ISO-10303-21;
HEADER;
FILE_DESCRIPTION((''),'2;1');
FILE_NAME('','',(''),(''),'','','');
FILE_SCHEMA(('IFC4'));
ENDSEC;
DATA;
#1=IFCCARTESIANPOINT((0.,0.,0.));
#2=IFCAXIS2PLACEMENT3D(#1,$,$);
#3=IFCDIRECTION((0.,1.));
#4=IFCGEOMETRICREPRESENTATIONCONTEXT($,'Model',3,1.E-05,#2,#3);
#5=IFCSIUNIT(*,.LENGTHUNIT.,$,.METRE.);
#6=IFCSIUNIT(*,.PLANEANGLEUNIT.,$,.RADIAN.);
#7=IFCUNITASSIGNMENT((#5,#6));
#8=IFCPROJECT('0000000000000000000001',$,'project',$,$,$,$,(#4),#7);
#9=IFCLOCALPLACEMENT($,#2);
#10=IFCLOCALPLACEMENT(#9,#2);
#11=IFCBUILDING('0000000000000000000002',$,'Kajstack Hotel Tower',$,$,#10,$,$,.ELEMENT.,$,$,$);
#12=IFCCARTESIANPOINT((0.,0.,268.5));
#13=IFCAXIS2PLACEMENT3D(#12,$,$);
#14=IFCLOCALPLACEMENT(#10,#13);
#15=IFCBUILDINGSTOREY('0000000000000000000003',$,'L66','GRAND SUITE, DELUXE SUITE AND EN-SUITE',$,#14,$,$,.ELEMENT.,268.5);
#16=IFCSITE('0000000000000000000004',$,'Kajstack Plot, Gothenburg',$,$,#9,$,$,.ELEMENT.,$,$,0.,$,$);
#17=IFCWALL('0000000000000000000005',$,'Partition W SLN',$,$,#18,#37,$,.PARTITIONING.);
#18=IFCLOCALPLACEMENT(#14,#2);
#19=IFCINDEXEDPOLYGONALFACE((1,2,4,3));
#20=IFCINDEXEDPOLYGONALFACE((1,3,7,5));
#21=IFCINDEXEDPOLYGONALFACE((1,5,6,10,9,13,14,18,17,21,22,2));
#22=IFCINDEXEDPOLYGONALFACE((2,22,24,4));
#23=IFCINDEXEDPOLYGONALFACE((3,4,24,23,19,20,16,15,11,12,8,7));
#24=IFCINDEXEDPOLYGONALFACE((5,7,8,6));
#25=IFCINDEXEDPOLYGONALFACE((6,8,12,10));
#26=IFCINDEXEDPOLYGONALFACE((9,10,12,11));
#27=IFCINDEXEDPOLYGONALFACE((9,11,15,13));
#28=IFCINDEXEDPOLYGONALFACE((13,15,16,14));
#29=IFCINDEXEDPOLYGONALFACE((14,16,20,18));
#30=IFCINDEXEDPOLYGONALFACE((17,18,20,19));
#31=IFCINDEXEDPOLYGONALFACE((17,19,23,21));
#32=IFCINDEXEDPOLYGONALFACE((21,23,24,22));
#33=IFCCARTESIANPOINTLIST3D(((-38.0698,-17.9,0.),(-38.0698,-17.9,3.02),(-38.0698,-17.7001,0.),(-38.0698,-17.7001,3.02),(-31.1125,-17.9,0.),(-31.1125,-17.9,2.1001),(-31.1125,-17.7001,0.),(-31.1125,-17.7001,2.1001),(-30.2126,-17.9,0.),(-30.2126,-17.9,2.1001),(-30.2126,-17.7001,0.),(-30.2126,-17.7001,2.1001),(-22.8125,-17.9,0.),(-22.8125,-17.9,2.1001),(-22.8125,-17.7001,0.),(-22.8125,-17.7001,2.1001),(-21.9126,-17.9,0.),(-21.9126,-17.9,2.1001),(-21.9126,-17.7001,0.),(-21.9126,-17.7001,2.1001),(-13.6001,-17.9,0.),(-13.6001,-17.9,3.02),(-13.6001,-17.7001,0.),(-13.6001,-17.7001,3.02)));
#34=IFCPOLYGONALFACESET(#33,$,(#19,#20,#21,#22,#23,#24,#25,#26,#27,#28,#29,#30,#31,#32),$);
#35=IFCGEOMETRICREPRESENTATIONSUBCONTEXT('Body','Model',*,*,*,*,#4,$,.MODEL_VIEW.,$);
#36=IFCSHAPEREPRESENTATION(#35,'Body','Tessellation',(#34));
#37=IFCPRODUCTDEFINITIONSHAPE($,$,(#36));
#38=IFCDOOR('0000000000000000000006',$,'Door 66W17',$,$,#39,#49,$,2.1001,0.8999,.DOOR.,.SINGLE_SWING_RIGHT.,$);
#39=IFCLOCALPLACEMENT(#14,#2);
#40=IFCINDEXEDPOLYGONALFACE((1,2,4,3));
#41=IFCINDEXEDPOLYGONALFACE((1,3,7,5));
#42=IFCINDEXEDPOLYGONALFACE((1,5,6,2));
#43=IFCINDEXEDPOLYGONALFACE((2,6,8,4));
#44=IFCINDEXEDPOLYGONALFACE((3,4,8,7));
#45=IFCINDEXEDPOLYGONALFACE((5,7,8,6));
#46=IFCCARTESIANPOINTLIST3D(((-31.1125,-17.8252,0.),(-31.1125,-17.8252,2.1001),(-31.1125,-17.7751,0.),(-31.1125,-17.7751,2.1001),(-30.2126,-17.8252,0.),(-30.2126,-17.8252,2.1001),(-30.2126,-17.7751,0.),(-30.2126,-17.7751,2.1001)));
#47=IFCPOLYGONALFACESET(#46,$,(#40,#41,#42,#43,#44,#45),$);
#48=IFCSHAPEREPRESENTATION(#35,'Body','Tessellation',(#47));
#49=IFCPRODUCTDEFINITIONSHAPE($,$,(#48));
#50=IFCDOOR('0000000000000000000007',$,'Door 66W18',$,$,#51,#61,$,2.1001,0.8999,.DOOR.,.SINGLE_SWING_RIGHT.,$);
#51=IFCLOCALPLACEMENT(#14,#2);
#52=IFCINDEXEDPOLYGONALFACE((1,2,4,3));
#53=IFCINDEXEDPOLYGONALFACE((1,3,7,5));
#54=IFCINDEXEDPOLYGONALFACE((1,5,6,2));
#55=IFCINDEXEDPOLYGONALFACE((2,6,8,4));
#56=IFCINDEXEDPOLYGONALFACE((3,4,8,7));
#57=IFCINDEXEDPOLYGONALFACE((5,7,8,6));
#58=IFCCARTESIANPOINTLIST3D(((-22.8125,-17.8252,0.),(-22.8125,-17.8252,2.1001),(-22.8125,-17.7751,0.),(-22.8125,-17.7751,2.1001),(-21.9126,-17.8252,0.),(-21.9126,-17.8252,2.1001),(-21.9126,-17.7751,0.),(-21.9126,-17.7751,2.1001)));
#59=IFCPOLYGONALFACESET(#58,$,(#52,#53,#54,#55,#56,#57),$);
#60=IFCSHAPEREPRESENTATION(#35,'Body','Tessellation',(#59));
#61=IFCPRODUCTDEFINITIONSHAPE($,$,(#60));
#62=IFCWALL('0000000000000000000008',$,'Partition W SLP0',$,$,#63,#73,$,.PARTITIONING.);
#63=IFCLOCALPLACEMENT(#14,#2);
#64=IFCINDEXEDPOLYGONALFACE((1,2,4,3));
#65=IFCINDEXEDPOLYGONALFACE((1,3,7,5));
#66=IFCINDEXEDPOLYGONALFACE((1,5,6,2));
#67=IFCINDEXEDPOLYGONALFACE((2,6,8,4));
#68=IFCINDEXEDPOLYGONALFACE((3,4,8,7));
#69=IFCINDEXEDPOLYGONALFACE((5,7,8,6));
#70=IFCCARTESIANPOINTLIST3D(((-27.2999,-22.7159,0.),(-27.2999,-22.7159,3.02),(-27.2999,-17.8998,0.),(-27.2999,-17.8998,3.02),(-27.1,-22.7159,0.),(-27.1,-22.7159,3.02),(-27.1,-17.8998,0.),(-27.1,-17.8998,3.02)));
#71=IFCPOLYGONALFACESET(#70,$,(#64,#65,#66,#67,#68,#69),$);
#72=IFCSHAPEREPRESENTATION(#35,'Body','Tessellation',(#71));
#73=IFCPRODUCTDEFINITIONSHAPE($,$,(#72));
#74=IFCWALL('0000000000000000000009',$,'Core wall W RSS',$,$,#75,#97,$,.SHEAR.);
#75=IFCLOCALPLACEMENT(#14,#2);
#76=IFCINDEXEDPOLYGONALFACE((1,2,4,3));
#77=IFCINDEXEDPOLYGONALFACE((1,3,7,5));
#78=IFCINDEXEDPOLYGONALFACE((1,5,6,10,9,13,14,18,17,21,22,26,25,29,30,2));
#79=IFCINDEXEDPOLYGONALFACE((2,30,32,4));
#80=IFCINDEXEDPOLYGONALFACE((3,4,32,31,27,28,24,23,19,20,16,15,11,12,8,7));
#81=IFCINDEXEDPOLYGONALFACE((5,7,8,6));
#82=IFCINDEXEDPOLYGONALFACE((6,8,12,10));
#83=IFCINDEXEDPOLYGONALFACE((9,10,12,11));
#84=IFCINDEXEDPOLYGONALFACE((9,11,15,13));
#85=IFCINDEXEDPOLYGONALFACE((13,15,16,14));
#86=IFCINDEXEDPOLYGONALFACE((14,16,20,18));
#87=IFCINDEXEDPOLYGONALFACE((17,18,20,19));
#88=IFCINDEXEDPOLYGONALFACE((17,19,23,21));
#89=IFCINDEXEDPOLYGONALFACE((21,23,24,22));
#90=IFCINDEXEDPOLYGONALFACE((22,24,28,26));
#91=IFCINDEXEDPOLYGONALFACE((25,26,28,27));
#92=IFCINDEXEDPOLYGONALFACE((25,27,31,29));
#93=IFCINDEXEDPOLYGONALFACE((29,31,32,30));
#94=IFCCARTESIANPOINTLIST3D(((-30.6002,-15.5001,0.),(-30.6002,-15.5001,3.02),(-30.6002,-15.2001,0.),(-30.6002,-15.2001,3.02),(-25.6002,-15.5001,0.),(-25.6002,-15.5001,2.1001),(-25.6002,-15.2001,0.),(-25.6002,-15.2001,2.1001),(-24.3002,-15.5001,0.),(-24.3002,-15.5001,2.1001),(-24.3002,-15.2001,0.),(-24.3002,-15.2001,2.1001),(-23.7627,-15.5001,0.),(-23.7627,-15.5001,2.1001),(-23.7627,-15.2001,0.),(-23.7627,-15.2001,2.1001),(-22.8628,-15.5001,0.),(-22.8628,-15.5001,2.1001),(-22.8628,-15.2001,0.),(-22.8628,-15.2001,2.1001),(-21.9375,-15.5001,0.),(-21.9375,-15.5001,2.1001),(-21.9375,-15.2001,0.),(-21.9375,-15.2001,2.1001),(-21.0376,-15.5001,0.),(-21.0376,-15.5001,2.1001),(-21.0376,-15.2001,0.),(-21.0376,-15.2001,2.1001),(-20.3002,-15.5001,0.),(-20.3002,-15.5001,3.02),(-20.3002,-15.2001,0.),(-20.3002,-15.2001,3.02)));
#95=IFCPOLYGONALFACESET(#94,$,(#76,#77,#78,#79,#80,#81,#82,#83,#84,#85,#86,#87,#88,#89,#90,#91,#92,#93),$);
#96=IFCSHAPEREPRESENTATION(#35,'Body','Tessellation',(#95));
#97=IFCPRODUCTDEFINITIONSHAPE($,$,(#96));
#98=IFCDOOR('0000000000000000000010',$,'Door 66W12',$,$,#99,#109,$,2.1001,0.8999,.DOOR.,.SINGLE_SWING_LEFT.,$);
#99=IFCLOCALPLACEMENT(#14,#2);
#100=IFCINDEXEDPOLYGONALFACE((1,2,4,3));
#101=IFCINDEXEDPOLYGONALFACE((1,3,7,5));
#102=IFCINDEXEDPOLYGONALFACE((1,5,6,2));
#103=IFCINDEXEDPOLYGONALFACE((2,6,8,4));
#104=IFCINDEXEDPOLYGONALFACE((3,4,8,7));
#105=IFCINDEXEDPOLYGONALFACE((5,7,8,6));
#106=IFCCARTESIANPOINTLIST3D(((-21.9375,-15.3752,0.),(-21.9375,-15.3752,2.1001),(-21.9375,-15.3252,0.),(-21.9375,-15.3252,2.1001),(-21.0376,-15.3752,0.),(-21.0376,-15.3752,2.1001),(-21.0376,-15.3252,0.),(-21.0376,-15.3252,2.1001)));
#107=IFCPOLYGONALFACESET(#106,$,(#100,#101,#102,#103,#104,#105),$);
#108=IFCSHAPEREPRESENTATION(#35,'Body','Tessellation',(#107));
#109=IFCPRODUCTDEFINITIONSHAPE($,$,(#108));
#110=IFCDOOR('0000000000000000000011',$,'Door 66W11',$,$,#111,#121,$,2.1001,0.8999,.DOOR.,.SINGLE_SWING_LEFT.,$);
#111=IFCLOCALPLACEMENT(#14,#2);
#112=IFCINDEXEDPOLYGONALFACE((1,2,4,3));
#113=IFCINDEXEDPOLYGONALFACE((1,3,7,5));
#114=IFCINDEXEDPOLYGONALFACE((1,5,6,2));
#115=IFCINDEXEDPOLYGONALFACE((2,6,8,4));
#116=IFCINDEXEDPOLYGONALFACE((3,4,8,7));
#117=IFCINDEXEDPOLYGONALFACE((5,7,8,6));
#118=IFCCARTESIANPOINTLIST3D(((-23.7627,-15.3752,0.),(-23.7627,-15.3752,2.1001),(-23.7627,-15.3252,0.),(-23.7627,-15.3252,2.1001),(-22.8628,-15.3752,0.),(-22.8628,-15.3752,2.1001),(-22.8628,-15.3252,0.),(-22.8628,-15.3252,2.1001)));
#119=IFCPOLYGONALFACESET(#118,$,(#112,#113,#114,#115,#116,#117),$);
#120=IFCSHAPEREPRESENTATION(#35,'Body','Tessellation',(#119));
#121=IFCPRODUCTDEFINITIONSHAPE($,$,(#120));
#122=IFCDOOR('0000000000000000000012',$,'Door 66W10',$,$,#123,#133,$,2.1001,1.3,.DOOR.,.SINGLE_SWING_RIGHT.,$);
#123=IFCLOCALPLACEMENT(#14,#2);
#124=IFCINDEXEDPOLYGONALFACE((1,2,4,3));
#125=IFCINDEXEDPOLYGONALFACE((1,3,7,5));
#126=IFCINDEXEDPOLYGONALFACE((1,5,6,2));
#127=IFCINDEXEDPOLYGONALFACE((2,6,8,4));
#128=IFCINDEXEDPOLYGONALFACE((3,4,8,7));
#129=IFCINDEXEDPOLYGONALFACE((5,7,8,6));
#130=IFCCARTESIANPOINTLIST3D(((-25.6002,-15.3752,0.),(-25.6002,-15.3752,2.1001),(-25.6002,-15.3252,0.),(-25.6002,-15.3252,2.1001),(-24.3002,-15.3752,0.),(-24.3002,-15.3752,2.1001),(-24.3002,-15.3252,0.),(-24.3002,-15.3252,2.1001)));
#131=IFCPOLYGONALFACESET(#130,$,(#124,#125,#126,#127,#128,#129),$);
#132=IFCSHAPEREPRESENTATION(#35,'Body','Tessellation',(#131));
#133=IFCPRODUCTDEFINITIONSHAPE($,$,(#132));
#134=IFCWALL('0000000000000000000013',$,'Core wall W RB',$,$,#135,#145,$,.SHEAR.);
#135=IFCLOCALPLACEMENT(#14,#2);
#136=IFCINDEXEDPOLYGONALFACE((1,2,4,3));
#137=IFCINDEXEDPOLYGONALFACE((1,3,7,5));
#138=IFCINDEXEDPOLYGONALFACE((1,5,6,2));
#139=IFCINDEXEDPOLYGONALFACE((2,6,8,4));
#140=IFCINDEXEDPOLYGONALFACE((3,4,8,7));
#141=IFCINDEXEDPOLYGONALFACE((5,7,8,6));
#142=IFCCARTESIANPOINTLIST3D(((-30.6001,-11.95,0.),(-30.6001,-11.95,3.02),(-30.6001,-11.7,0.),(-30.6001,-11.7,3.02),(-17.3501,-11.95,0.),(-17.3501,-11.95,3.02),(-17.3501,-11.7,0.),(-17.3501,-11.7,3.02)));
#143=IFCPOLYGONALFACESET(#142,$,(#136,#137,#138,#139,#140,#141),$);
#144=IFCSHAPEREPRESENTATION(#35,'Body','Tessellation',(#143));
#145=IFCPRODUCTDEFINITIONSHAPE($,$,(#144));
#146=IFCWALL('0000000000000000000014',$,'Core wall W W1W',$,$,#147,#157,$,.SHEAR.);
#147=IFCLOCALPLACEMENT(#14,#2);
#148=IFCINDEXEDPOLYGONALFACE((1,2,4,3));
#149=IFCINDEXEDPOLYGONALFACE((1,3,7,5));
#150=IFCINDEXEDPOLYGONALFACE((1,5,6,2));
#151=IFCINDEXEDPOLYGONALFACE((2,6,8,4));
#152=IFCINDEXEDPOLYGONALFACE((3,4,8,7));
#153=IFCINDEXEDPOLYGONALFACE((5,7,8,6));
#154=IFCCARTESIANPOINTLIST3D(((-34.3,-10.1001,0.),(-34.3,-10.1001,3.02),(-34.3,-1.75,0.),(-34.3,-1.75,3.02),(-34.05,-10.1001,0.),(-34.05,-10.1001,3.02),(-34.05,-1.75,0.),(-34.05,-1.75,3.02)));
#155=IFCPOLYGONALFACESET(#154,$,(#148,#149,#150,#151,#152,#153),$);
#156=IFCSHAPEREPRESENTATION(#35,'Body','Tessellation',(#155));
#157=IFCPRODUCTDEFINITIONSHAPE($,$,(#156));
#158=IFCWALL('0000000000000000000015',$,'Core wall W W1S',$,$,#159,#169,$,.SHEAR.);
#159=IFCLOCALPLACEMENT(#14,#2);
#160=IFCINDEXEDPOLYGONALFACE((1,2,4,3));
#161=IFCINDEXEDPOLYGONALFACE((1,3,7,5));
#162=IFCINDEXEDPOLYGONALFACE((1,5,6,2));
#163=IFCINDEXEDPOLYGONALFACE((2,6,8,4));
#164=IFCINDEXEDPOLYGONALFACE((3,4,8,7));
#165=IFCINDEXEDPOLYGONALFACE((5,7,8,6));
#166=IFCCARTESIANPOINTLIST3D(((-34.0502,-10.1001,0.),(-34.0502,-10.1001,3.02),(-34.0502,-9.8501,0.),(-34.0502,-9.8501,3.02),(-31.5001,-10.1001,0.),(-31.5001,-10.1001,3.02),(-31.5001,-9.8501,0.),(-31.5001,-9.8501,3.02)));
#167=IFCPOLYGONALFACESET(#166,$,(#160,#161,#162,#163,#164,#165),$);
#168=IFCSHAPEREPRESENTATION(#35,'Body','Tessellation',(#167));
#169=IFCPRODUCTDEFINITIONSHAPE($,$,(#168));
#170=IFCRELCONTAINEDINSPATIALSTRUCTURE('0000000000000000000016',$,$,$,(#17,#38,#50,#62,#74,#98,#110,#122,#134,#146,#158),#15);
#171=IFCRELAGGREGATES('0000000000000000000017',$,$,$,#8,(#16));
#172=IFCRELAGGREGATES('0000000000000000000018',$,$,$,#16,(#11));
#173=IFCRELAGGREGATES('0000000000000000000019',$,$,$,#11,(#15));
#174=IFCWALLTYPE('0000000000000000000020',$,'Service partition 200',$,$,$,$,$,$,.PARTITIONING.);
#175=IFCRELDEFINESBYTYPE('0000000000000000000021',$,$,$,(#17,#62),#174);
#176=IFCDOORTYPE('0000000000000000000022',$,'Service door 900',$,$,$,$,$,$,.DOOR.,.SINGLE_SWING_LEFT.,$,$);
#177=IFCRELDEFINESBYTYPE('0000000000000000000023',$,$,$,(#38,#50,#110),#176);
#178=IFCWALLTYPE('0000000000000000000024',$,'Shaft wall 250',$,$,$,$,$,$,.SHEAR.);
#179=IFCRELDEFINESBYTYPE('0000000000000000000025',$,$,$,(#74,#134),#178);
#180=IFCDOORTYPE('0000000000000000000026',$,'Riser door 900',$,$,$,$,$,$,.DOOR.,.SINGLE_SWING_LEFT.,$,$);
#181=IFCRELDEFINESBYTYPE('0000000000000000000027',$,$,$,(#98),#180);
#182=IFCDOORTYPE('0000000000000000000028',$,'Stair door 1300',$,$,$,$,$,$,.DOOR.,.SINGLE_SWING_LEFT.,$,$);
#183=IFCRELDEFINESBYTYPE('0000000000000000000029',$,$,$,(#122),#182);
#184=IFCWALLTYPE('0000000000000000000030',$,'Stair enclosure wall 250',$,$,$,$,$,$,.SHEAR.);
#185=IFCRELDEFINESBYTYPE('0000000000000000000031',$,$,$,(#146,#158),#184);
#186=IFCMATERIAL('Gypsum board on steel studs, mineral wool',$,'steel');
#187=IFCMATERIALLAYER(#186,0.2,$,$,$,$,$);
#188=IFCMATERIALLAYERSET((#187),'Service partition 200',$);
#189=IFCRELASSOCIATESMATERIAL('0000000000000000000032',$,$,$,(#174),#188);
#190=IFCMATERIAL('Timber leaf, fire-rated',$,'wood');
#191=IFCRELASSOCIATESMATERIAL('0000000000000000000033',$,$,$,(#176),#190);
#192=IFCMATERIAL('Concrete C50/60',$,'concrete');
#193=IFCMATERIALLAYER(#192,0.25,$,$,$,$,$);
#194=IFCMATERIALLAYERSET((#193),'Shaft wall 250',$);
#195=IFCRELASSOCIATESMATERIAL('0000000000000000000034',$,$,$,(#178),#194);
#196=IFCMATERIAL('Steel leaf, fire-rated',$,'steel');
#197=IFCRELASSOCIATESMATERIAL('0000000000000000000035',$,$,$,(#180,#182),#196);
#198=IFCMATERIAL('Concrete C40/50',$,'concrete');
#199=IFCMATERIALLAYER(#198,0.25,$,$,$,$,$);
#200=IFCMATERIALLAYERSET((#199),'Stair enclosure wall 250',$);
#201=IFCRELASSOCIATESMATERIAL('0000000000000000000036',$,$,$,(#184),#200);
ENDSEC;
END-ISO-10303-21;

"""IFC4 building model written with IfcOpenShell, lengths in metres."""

from ifc_helpers import new_model, si_unit, direction, frame, frame_2d, origin, place, context, subcontext, project, spatial, rectangle, extrude, material, layer, layer_set, type_object, element, fill, save


model = new_model("IFC4")

# Units and contexts
model_context = context("Model", 3, precision=1e-05, world=origin(), true_north=direction((0.0, 1.0)))
body_context = subcontext(model_context, "Body", "Model", "MODEL_VIEW")
ifc_project = project(units=[si_unit("LENGTHUNIT", "METRE"), si_unit("PLANEANGLEUNIT", "RADIAN")], contexts=[model_context])

# Site, building, storey
site_placement = place(None, origin())
site = spatial("IfcSite", under=ifc_project, at=site_placement, Name="Kajstack Plot, Gothenburg", CompositionType="ELEMENT", RefElevation=0.0)
building_placement = place(site_placement, origin())
building = spatial("IfcBuilding", under=site, at=building_placement, Name="Kajstack Hotel Tower", CompositionType="ELEMENT")
storey_placement = place(building_placement, frame((0.0, 0.0, 268.5)))
storey = spatial("IfcBuildingStorey", under=building, at=storey_placement, Name="L66", Description="GRAND SUITE, DELUXE SUITE AND EN-SUITE", CompositionType="ELEMENT", Elevation=268.5)

# Shared definitions
ifc_material_1 = material(Name="Concrete C40/50", Category="concrete")

# Shared definitions
ifc_material_2 = material(Name="Gypsum board on steel studs, mineral wool", Category="steel")
ifc_layer_1 = layer(ifc_material_2, 0.2)
ifc_layer_set_1 = layer_set([ifc_layer_1], Name="Service partition 200")
wall_type_1 = type_object("IfcWallType", Name="Service partition 200", PredefinedType="PARTITIONING", material=ifc_layer_set_1)
ifc_material_3 = material(Name="Timber leaf, fire-rated", Category="wood")
door_type_1 = type_object("IfcDoorType", Name="Service door 900", OperationType="SINGLE_SWING_LEFT", PredefinedType="DOOR", material=ifc_material_3)

# Wall, openings, doors
wall_1_placement = place(storey_placement, frame((-38.0698, -17.8, 0.0), z_axis=(0.0, 0.0, 1.0), x_axis=(1.0, 0.0, 0.0)))
wall_1 = element("IfcWall", 1, at=wall_1_placement, inside=storey, type_object=wall_type_1, Name="Partition W SLN", PredefinedType="PARTITIONING", context=body_context, shape_type="SweptSolid", body=[
    extrude(rectangle(XDim=24.4697, YDim=0.2, at=frame_2d((12.2349, 0.0))), origin(), (0.0, 0.0, 1.0), 3.02),
])
opening_1_placement = place(wall_1_placement, frame((6.9573, 0.0, 0.0)))
opening_1 = element("IfcOpeningElement", 2, at=opening_1_placement, cuts=wall_1, PredefinedType="OPENING", context=body_context, shape_type="SweptSolid", body=[
    extrude(rectangle(XDim=0.8999, YDim=2.1001, at=frame_2d((0.45, 1.05))), frame((0.0, 0.1099, 0.0), z_axis=(0.0, -1.0, 0.0), x_axis=(1.0, 0.0, 0.0)), (0.0, 0.0, 1.0), 0.22),
])
opening_2_placement = place(wall_1_placement, frame((15.2573, 0.0, 0.0)))
opening_2 = element("IfcOpeningElement", 3, at=opening_2_placement, cuts=wall_1, PredefinedType="OPENING", context=body_context, shape_type="SweptSolid", body=[
    extrude(rectangle(XDim=0.8999, YDim=2.1001, at=frame_2d((0.45, 1.05))), frame((0.0, 0.1099, 0.0), z_axis=(0.0, -1.0, 0.0), x_axis=(1.0, 0.0, 0.0)), (0.0, 0.0, 1.0), 0.22),
])
door_1_placement = place(opening_1_placement, origin())
door_1 = element("IfcDoor", 4, at=door_1_placement, inside=storey, type_object=door_type_1, Name="Door 66W17", OperationType="SINGLE_SWING_RIGHT", OverallHeight=2.1001, OverallWidth=0.8999, PredefinedType="DOOR", context=body_context, shape_type="SweptSolid", body=[
    extrude(rectangle(XDim=0.8999, YDim=2.1001, at=frame_2d((0.45, 1.05))), frame((0.0, 0.0249, 0.0), z_axis=(0.0, -1.0, 0.0), x_axis=(1.0, 0.0, 0.0)), (0.0, 0.0, 1.0), 0.05),
])
fill(opening_1, door_1)
door_2_placement = place(opening_2_placement, origin())
door_2 = element("IfcDoor", 5, at=door_2_placement, inside=storey, type_object=door_type_1, Name="Door 66W18", OperationType="SINGLE_SWING_RIGHT", OverallHeight=2.1001, OverallWidth=0.8999, PredefinedType="DOOR", context=body_context, shape_type="SweptSolid", body=[
    extrude(rectangle(XDim=0.8999, YDim=2.1001, at=frame_2d((0.45, 1.05))), frame((0.0, 0.0249, 0.0), z_axis=(0.0, -1.0, 0.0), x_axis=(1.0, 0.0, 0.0)), (0.0, 0.0, 1.0), 0.05),
])
fill(opening_2, door_2)

# Wall
wall_2_placement = place(storey_placement, frame((-27.2, -22.7161, 0.0), z_axis=(0.0, 0.0, 1.0), x_axis=(0.0, 1.0, 0.0)))
element("IfcWall", 6, at=wall_2_placement, inside=storey, type_object=wall_type_1, Name="Partition W SLP0", PredefinedType="PARTITIONING", context=body_context, shape_type="SweptSolid", body=[
    extrude(rectangle(XDim=4.8162, YDim=0.2, at=frame_2d((2.4082, 0.0))), origin(), (0.0, 0.0, 1.0), 3.02),
])

# Wall, openings, doors
ifc_material_4 = material(Name="Concrete C50/60", Category="concrete")
ifc_layer_2 = layer(ifc_material_4, 0.25)
ifc_layer_set_2 = layer_set([ifc_layer_2], Name="Shaft wall 250")
wall_type_2 = type_object("IfcWallType", Name="Shaft wall 250", PredefinedType="SHEAR", material=ifc_layer_set_2)
wall_3_placement = place(storey_placement, frame((-30.6001, -15.3501, 0.0), z_axis=(0.0, 0.0, 1.0), x_axis=(1.0, 0.0, 0.0)))
wall_3 = element("IfcWall", 7, at=wall_3_placement, inside=storey, type_object=wall_type_2, Name="Core wall W RSS", PredefinedType="SHEAR", context=body_context, shape_type="SweptSolid", body=[
    extrude(rectangle(XDim=10.3, YDim=0.3, at=frame_2d((5.1499, 0.0))), origin(), (0.0, 0.0, 1.0), 3.02),
])
opening_3_placement = place(wall_3_placement, frame((5.0, 0.0, 0.0)))
opening_3 = element("IfcOpeningElement", 8, at=opening_3_placement, cuts=wall_3, PredefinedType="OPENING", context=body_context, shape_type="SweptSolid", body=[
    extrude(rectangle(XDim=1.3, YDim=2.1001, at=frame_2d((0.6499, 1.05))), frame((0.0, 0.1599, 0.0), z_axis=(0.0, -1.0, 0.0), x_axis=(1.0, 0.0, 0.0)), (0.0, 0.0, 1.0), 0.3201),
])
opening_4_placement = place(wall_3_placement, frame((6.8374, 0.0, 0.0)))
opening_4 = element("IfcOpeningElement", 9, at=opening_4_placement, cuts=wall_3, PredefinedType="OPENING", context=body_context, shape_type="SweptSolid", body=[
    extrude(rectangle(XDim=0.8999, YDim=2.1001, at=frame_2d((0.45, 1.05))), frame((0.0, 0.1599, 0.0), z_axis=(0.0, -1.0, 0.0), x_axis=(1.0, 0.0, 0.0)), (0.0, 0.0, 1.0), 0.3201),
])
opening_5_placement = place(wall_3_placement, frame((8.6626, 0.0, 0.0)))
opening_5 = element("IfcOpeningElement", 10, at=opening_5_placement, cuts=wall_3, PredefinedType="OPENING", context=body_context, shape_type="SweptSolid", body=[
    extrude(rectangle(XDim=0.8999, YDim=2.1001, at=frame_2d((0.45, 1.05))), frame((0.0, 0.1599, 0.0), z_axis=(0.0, -1.0, 0.0), x_axis=(1.0, 0.0, 0.0)), (0.0, 0.0, 1.0), 0.3201),
])
ifc_material_5 = material(Name="Steel leaf, fire-rated", Category="steel")
door_type_2 = type_object("IfcDoorType", Name="Riser door 900", OperationType="SINGLE_SWING_LEFT", PredefinedType="DOOR", material=ifc_material_5)
door_3_placement = place(opening_5_placement, origin())
door_3 = element("IfcDoor", 11, at=door_3_placement, inside=storey, type_object=door_type_2, Name="Door 66W12", OperationType="SINGLE_SWING_LEFT", OverallHeight=2.1001, OverallWidth=0.8999, PredefinedType="DOOR", context=body_context, shape_type="SweptSolid", body=[
    extrude(rectangle(XDim=0.8999, YDim=2.1001, at=frame_2d((0.45, 1.05))), frame((0.0, 0.0249, 0.0), z_axis=(0.0, -1.0, 0.0), x_axis=(1.0, 0.0, 0.0)), (0.0, 0.0, 1.0), 0.05),
])
fill(opening_5, door_3)
door_4_placement = place(opening_4_placement, origin())
door_4 = element("IfcDoor", 12, at=door_4_placement, inside=storey, type_object=door_type_1, Name="Door 66W11", OperationType="SINGLE_SWING_LEFT", OverallHeight=2.1001, OverallWidth=0.8999, PredefinedType="DOOR", context=body_context, shape_type="SweptSolid", body=[
    extrude(rectangle(XDim=0.8999, YDim=2.1001, at=frame_2d((0.45, 1.05))), frame((0.0, 0.0249, 0.0), z_axis=(0.0, -1.0, 0.0), x_axis=(1.0, 0.0, 0.0)), (0.0, 0.0, 1.0), 0.05),
])
fill(opening_4, door_4)
door_type_3 = type_object("IfcDoorType", Name="Stair door 1300", OperationType="SINGLE_SWING_LEFT", PredefinedType="DOOR", material=ifc_material_5)
door_5_placement = place(opening_3_placement, origin())
door_5 = element("IfcDoor", 13, at=door_5_placement, inside=storey, type_object=door_type_3, Name="Door 66W10", OperationType="SINGLE_SWING_RIGHT", OverallHeight=2.1001, OverallWidth=1.3, PredefinedType="DOOR", context=body_context, shape_type="SweptSolid", body=[
    extrude(rectangle(XDim=1.3, YDim=2.1001, at=frame_2d((0.6499, 1.05))), frame((0.0, 0.0249, 0.0), z_axis=(0.0, -1.0, 0.0), x_axis=(1.0, 0.0, 0.0)), (0.0, 0.0, 1.0), 0.05),
])
fill(opening_3, door_5)

# Walls
wall_4_placement = place(storey_placement, frame((-30.6001, -11.825, 0.0), z_axis=(0.0, 0.0, 1.0), x_axis=(1.0, 0.0, 0.0)))
element("IfcWall", 14, at=wall_4_placement, inside=storey, type_object=wall_type_2, Name="Core wall W RB", PredefinedType="SHEAR", context=body_context, shape_type="SweptSolid", body=[
    extrude(rectangle(XDim=13.25, YDim=0.25, at=frame_2d((6.625, 0.0))), origin(), (0.0, 0.0, 1.0), 3.02),
])
ifc_layer_3 = layer(ifc_material_1, 0.25)
ifc_layer_set_3 = layer_set([ifc_layer_3], Name="Stair enclosure wall 250")
wall_type_3 = type_object("IfcWallType", Name="Stair enclosure wall 250", PredefinedType="SHEAR", material=ifc_layer_set_3)
wall_5_placement = place(storey_placement, frame((-34.175, -10.1001, 0.0), z_axis=(0.0, 0.0, 1.0), x_axis=(0.0, 1.0, 0.0)))
element("IfcWall", 15, at=wall_5_placement, inside=storey, type_object=wall_type_3, Name="Core wall W W1W", PredefinedType="SHEAR", context=body_context, shape_type="SweptSolid", body=[
    extrude(rectangle(XDim=8.3501, YDim=0.25, at=frame_2d((4.175, 0.0))), origin(), (0.0, 0.0, 1.0), 3.02),
])
wall_6_placement = place(storey_placement, frame((-34.05, -9.9751, 0.0), z_axis=(0.0, 0.0, 1.0), x_axis=(1.0, 0.0, 0.0)))
element("IfcWall", 16, at=wall_6_placement, inside=storey, type_object=wall_type_3, Name="Core wall W W1S", PredefinedType="SHEAR", context=body_context, shape_type="SweptSolid", body=[
    extrude(rectangle(XDim=2.55, YDim=0.25, at=frame_2d((1.2749, 0.0))), origin(), (0.0, 0.0, 1.0), 3.02),
])

save(model, "model.ifc")
